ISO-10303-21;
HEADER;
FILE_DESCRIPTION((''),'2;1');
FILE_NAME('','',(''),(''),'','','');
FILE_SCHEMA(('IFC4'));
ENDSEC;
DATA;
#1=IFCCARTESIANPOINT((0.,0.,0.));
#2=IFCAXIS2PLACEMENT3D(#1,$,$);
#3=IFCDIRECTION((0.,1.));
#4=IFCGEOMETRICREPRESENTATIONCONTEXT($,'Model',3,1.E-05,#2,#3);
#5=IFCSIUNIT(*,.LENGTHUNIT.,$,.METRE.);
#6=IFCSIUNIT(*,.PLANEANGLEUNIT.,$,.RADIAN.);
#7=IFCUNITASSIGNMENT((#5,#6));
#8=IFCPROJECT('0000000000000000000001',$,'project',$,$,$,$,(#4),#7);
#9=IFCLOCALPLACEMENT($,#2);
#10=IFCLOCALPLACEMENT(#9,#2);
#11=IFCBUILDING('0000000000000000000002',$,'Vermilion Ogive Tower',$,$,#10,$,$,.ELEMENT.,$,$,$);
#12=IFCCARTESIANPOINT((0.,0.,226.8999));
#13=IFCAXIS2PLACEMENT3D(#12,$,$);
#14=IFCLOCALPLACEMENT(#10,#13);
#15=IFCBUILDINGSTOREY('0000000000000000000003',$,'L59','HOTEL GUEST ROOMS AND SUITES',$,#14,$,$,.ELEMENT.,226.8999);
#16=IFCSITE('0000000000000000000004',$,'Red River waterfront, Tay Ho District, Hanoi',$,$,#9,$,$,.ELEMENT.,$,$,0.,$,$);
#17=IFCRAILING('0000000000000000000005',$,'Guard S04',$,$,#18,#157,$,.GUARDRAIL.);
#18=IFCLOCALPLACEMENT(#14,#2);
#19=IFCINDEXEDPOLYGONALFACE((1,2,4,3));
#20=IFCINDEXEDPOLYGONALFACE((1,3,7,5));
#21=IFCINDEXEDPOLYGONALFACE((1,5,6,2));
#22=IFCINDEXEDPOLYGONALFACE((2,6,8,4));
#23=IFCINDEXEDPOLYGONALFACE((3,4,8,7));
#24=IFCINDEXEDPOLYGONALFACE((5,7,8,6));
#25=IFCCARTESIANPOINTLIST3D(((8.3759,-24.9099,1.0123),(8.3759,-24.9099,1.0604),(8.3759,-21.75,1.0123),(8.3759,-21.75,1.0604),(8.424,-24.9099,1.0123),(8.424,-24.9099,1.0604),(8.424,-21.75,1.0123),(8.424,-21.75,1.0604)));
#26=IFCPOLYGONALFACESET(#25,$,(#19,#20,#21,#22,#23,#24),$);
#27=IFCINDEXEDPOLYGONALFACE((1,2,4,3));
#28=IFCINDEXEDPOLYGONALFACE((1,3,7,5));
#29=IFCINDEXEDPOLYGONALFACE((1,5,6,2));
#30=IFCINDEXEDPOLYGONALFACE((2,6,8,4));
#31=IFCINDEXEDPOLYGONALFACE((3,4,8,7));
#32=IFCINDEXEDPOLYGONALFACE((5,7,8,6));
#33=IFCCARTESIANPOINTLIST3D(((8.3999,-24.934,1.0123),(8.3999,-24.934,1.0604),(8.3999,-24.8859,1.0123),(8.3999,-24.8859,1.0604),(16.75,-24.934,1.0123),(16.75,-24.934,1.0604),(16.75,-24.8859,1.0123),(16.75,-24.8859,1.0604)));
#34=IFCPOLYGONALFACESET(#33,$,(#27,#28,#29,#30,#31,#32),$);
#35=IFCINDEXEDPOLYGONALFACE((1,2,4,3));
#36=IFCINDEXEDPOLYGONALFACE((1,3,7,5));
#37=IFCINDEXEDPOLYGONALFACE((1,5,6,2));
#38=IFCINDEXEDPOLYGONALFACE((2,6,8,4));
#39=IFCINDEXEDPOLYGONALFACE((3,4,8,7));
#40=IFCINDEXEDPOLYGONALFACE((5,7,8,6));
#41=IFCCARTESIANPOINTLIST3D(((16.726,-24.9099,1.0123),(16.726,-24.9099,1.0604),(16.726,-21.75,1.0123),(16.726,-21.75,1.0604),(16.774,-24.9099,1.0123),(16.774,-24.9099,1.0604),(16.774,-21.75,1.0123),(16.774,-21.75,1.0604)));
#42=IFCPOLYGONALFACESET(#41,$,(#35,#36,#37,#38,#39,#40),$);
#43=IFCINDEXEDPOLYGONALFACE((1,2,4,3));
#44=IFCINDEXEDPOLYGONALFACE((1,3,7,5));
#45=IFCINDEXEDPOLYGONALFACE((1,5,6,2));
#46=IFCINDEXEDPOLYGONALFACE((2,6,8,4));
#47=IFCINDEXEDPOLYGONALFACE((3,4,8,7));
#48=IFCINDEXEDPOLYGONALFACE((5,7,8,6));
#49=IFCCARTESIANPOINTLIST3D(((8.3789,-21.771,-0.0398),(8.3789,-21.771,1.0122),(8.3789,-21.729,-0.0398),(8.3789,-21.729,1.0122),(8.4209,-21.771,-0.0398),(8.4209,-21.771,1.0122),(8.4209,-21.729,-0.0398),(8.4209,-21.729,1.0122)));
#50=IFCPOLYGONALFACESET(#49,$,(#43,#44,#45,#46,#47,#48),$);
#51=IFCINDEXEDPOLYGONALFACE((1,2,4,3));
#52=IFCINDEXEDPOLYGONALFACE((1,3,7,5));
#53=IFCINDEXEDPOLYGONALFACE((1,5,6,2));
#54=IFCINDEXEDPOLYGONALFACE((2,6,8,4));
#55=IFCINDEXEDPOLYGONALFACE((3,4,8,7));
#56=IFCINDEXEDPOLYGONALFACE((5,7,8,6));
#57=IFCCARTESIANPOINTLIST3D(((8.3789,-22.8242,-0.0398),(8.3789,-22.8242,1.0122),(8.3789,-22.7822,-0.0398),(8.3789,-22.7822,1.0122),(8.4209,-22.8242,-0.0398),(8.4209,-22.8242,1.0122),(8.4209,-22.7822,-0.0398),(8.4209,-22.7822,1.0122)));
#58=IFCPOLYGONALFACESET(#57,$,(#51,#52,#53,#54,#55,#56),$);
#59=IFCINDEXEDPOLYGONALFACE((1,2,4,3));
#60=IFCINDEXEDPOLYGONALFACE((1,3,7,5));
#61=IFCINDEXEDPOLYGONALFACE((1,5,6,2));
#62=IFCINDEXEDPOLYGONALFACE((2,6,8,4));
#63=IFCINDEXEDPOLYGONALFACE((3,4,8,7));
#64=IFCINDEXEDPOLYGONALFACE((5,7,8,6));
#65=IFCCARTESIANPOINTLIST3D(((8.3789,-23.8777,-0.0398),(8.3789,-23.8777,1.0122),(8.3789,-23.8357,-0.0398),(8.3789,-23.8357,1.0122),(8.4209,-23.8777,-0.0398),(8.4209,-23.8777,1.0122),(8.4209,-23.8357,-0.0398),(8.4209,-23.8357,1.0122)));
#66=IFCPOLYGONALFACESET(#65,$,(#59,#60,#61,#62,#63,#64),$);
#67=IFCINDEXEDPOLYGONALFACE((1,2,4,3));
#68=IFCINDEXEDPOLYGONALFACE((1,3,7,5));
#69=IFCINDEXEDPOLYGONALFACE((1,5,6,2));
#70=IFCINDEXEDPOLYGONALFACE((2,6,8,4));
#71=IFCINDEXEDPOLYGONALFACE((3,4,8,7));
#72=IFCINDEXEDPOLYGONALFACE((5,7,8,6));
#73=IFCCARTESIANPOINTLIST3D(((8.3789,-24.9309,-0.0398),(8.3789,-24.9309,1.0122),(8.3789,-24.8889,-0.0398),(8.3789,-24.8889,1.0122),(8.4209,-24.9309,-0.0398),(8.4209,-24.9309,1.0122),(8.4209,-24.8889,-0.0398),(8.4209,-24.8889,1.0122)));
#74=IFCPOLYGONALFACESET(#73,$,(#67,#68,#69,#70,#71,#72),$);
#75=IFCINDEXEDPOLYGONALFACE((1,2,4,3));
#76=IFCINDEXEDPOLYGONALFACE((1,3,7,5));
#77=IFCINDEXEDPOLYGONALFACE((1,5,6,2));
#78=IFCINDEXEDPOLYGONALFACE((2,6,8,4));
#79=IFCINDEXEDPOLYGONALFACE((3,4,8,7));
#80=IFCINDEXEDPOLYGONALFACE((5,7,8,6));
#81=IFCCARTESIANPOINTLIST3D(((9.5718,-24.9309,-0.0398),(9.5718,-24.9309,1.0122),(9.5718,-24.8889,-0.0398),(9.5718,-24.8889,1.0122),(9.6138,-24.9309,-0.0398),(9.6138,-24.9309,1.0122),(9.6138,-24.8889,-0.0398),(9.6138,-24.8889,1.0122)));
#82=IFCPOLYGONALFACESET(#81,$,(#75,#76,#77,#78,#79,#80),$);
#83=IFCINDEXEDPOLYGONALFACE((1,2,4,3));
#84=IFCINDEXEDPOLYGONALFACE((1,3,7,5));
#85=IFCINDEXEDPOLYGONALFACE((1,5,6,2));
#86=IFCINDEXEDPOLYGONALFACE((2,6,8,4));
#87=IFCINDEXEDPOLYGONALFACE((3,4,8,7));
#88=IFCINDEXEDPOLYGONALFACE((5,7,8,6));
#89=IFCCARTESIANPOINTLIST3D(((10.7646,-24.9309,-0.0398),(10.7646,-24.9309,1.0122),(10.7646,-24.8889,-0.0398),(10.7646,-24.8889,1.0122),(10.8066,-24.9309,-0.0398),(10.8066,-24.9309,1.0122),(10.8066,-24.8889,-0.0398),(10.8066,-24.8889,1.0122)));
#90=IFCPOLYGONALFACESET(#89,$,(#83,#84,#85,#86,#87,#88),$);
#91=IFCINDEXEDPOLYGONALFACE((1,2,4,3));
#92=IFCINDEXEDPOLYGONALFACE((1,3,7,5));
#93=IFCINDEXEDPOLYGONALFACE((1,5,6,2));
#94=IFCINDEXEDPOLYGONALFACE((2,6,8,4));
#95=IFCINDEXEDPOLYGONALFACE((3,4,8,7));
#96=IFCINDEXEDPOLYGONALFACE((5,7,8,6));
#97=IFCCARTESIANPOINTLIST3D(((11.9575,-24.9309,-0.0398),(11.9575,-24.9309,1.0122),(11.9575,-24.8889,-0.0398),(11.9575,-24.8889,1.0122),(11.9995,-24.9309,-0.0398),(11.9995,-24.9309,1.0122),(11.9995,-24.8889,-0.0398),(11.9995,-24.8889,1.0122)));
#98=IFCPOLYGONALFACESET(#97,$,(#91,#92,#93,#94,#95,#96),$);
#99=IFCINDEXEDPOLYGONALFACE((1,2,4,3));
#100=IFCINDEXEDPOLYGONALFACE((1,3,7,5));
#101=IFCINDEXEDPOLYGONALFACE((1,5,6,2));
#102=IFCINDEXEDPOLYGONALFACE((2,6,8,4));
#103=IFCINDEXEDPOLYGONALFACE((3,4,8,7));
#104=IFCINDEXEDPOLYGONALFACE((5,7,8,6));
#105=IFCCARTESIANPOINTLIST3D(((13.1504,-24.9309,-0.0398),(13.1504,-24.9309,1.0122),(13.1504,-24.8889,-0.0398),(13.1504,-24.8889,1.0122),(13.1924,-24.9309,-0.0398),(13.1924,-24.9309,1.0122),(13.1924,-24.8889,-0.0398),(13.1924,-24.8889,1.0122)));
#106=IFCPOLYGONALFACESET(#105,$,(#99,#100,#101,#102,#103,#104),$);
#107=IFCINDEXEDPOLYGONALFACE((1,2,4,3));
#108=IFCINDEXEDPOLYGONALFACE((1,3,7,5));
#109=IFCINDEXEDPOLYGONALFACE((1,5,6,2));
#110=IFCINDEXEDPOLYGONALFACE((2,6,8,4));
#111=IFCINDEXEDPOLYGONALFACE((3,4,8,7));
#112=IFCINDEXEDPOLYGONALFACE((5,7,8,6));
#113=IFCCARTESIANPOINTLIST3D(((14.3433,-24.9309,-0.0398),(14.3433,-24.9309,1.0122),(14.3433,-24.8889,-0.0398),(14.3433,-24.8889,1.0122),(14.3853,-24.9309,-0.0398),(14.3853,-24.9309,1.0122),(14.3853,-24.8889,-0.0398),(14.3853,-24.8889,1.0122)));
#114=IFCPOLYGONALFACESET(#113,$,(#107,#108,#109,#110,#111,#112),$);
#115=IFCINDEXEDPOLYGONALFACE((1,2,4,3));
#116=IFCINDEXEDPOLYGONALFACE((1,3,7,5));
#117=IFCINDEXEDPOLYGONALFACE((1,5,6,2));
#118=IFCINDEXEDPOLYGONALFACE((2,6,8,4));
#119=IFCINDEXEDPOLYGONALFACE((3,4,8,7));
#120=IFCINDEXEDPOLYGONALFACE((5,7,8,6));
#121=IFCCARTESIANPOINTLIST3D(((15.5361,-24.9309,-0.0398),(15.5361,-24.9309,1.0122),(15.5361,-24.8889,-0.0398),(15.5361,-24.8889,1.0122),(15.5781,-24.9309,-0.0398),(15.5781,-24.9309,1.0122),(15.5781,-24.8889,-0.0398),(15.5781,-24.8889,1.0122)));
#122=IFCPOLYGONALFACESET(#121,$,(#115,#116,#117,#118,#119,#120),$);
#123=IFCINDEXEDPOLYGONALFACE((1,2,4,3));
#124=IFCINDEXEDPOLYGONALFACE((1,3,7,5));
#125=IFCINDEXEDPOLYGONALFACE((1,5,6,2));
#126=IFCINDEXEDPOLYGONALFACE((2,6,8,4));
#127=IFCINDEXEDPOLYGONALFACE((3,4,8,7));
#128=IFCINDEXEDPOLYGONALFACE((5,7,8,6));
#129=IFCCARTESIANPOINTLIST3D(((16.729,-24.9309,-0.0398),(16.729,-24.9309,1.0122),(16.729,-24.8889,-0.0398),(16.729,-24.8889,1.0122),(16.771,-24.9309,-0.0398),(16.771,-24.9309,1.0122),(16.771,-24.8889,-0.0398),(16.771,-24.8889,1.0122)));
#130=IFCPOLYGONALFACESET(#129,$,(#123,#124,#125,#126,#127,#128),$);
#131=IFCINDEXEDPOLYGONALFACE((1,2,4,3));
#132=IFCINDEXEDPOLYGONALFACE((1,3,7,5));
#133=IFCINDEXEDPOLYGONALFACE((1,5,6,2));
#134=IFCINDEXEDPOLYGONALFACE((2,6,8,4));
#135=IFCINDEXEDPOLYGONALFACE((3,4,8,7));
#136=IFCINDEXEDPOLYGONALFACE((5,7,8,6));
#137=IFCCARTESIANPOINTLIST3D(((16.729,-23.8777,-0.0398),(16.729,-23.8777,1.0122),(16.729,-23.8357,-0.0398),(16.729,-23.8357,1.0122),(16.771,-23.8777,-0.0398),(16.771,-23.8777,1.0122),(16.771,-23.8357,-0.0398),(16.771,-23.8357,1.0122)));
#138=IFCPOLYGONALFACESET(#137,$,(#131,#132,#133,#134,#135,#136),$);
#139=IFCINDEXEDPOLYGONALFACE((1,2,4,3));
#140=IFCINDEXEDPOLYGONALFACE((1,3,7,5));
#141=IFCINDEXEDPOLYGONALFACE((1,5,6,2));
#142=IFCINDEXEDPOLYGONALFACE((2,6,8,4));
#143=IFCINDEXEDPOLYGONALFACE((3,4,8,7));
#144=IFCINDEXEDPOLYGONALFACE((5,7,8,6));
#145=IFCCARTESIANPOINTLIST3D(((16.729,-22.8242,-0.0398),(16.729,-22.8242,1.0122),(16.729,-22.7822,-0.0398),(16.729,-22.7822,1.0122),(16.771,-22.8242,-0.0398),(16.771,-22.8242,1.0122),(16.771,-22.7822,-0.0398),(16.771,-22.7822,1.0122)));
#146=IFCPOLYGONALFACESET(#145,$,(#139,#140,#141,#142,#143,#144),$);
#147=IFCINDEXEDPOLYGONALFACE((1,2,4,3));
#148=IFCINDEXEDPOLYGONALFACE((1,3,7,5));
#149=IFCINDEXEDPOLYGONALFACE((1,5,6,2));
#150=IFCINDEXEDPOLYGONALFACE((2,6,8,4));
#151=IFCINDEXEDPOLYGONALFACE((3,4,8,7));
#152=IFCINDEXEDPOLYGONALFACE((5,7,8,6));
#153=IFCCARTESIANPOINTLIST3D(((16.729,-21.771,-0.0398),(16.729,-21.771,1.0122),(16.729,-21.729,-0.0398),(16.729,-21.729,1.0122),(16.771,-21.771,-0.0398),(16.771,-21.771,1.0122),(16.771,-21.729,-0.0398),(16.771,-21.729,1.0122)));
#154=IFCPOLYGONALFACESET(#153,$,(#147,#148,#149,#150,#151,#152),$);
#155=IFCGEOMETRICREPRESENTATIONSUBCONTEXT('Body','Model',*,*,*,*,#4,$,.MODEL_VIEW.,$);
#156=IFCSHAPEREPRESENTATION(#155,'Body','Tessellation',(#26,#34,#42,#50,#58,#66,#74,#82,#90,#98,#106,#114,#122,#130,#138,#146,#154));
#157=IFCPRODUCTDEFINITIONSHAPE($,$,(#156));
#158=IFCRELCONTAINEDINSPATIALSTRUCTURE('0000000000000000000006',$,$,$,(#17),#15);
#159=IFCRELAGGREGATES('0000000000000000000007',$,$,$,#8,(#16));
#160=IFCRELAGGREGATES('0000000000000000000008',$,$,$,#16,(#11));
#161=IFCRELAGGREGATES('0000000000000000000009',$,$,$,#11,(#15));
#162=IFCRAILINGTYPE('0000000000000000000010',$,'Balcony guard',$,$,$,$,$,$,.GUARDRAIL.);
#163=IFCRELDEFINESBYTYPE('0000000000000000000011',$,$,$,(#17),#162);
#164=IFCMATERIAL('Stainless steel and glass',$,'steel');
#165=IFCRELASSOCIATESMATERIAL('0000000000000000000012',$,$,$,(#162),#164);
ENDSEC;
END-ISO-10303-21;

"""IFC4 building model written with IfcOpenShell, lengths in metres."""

from ifc_helpers import new_model, si_unit, direction, frame, origin, origin_2d, place, context, subcontext, project, spatial, rectangle, extrude, material, type_object, element, save


model = new_model("IFC4")

# Units and contexts
model_context = context("Model", 3, precision=1e-05, world=origin(), true_north=direction((0.0, 1.0)))
body_context = subcontext(model_context, "Body", "Model", "MODEL_VIEW")
ifc_project = project(units=[si_unit("LENGTHUNIT", "METRE"), si_unit("PLANEANGLEUNIT", "RADIAN")], contexts=[model_context])

# Site, building, storey
site_placement = place(None, origin())
site = spatial("IfcSite", under=ifc_project, at=site_placement, Name="Red River waterfront, Tay Ho District, Hanoi", CompositionType="ELEMENT", RefElevation=0.0)
building_placement = place(site_placement, origin())
building = spatial("IfcBuilding", under=site, at=building_placement, Name="Vermilion Ogive Tower", CompositionType="ELEMENT")
storey_placement = place(building_placement, frame((0.0, 0.0, 226.8999)))
storey = spatial("IfcBuildingStorey", under=building, at=storey_placement, Name="L59", Description="HOTEL GUEST ROOMS AND SUITES", CompositionType="ELEMENT", Elevation=226.8999)

# Railing
ifc_material_1 = material(Name="Stainless steel and glass", Category="steel")
railing_type_1 = type_object("IfcRailingType", Name="Balcony guard", PredefinedType="GUARDRAIL", material=ifc_material_1)
railing_1_placement = place(storey_placement, frame((8.3999, -21.75, -0.0398)))
element("IfcRailing", 1, at=railing_1_placement, inside=storey, type_object=railing_type_1, Name="Guard S04", PredefinedType="GUARDRAIL", context=body_context, shape_type="SweptSolid", body=[
    extrude(rectangle(XDim=0.0481, YDim=0.0481, at=origin_2d()), frame((0.0, 0.0, 1.0762), z_axis=(0.0, -1.0, 0.0), x_axis=(1.0, 0.0, 0.0)), (0.0, 0.0, 1.0), 3.1599),
    extrude(rectangle(XDim=0.0481, YDim=0.0481, at=origin_2d()), frame((0.0, -3.1599, 1.0762), z_axis=(1.0, 0.0, 0.0), x_axis=(0.0, 1.0, 0.0)), (0.0, 0.0, 1.0), 8.3501),
    extrude(rectangle(XDim=0.0481, YDim=0.0481, at=origin_2d()), frame((8.3501, -3.1599, 1.0762), z_axis=(0.0, 1.0, 0.0), x_axis=(-1.0, 0.0, 0.0)), (0.0, 0.0, 1.0), 3.1599),
    extrude(rectangle(XDim=0.042, YDim=0.042, at=origin_2d()), origin(), (0.0, 0.0, 1.0), 1.052),
    extrude(rectangle(XDim=0.042, YDim=0.042, at=origin_2d()), frame((0.0, -1.0532, 0.0)), (0.0, 0.0, 1.0), 1.052),
    extrude(rectangle(XDim=0.042, YDim=0.042, at=origin_2d()), frame((0.0, -2.1067, 0.0)), (0.0, 0.0, 1.0), 1.052),
    extrude(rectangle(XDim=0.042, YDim=0.042, at=origin_2d()), frame((0.0, -3.1599, 0.0)), (0.0, 0.0, 1.0), 1.052),
    extrude(rectangle(XDim=0.042, YDim=0.042, at=origin_2d()), frame((1.1929, -3.1599, 0.0)), (0.0, 0.0, 1.0), 1.052),
    extrude(rectangle(XDim=0.042, YDim=0.042, at=origin_2d()), frame((2.3857, -3.1599, 0.0)), (0.0, 0.0, 1.0), 1.052),
    extrude(rectangle(XDim=0.042, YDim=0.042, at=origin_2d()), frame((3.5786, -3.1599, 0.0)), (0.0, 0.0, 1.0), 1.052),
    extrude(rectangle(XDim=0.042, YDim=0.042, at=origin_2d()), frame((4.7715, -3.1599, 0.0)), (0.0, 0.0, 1.0), 1.052),
    extrude(rectangle(XDim=0.042, YDim=0.042, at=origin_2d()), frame((5.9644, -3.1599, 0.0)), (0.0, 0.0, 1.0), 1.052),
    extrude(rectangle(XDim=0.042, YDim=0.042, at=origin_2d()), frame((7.1572, -3.1599, 0.0)), (0.0, 0.0, 1.0), 1.052),
    extrude(rectangle(XDim=0.042, YDim=0.042, at=origin_2d()), frame((8.3501, -3.1599, 0.0)), (0.0, 0.0, 1.0), 1.052),
    extrude(rectangle(XDim=0.042, YDim=0.042, at=origin_2d()), frame((8.3501, -2.1067, 0.0)), (0.0, 0.0, 1.0), 1.052),
    extrude(rectangle(XDim=0.042, YDim=0.042, at=origin_2d()), frame((8.3501, -1.0532, 0.0)), (0.0, 0.0, 1.0), 1.052),
    extrude(rectangle(XDim=0.042, YDim=0.042, at=origin_2d()), frame((8.3501, 0.0, 0.0)), (0.0, 0.0, 1.0), 1.052),
])

save(model, "model.ifc")
